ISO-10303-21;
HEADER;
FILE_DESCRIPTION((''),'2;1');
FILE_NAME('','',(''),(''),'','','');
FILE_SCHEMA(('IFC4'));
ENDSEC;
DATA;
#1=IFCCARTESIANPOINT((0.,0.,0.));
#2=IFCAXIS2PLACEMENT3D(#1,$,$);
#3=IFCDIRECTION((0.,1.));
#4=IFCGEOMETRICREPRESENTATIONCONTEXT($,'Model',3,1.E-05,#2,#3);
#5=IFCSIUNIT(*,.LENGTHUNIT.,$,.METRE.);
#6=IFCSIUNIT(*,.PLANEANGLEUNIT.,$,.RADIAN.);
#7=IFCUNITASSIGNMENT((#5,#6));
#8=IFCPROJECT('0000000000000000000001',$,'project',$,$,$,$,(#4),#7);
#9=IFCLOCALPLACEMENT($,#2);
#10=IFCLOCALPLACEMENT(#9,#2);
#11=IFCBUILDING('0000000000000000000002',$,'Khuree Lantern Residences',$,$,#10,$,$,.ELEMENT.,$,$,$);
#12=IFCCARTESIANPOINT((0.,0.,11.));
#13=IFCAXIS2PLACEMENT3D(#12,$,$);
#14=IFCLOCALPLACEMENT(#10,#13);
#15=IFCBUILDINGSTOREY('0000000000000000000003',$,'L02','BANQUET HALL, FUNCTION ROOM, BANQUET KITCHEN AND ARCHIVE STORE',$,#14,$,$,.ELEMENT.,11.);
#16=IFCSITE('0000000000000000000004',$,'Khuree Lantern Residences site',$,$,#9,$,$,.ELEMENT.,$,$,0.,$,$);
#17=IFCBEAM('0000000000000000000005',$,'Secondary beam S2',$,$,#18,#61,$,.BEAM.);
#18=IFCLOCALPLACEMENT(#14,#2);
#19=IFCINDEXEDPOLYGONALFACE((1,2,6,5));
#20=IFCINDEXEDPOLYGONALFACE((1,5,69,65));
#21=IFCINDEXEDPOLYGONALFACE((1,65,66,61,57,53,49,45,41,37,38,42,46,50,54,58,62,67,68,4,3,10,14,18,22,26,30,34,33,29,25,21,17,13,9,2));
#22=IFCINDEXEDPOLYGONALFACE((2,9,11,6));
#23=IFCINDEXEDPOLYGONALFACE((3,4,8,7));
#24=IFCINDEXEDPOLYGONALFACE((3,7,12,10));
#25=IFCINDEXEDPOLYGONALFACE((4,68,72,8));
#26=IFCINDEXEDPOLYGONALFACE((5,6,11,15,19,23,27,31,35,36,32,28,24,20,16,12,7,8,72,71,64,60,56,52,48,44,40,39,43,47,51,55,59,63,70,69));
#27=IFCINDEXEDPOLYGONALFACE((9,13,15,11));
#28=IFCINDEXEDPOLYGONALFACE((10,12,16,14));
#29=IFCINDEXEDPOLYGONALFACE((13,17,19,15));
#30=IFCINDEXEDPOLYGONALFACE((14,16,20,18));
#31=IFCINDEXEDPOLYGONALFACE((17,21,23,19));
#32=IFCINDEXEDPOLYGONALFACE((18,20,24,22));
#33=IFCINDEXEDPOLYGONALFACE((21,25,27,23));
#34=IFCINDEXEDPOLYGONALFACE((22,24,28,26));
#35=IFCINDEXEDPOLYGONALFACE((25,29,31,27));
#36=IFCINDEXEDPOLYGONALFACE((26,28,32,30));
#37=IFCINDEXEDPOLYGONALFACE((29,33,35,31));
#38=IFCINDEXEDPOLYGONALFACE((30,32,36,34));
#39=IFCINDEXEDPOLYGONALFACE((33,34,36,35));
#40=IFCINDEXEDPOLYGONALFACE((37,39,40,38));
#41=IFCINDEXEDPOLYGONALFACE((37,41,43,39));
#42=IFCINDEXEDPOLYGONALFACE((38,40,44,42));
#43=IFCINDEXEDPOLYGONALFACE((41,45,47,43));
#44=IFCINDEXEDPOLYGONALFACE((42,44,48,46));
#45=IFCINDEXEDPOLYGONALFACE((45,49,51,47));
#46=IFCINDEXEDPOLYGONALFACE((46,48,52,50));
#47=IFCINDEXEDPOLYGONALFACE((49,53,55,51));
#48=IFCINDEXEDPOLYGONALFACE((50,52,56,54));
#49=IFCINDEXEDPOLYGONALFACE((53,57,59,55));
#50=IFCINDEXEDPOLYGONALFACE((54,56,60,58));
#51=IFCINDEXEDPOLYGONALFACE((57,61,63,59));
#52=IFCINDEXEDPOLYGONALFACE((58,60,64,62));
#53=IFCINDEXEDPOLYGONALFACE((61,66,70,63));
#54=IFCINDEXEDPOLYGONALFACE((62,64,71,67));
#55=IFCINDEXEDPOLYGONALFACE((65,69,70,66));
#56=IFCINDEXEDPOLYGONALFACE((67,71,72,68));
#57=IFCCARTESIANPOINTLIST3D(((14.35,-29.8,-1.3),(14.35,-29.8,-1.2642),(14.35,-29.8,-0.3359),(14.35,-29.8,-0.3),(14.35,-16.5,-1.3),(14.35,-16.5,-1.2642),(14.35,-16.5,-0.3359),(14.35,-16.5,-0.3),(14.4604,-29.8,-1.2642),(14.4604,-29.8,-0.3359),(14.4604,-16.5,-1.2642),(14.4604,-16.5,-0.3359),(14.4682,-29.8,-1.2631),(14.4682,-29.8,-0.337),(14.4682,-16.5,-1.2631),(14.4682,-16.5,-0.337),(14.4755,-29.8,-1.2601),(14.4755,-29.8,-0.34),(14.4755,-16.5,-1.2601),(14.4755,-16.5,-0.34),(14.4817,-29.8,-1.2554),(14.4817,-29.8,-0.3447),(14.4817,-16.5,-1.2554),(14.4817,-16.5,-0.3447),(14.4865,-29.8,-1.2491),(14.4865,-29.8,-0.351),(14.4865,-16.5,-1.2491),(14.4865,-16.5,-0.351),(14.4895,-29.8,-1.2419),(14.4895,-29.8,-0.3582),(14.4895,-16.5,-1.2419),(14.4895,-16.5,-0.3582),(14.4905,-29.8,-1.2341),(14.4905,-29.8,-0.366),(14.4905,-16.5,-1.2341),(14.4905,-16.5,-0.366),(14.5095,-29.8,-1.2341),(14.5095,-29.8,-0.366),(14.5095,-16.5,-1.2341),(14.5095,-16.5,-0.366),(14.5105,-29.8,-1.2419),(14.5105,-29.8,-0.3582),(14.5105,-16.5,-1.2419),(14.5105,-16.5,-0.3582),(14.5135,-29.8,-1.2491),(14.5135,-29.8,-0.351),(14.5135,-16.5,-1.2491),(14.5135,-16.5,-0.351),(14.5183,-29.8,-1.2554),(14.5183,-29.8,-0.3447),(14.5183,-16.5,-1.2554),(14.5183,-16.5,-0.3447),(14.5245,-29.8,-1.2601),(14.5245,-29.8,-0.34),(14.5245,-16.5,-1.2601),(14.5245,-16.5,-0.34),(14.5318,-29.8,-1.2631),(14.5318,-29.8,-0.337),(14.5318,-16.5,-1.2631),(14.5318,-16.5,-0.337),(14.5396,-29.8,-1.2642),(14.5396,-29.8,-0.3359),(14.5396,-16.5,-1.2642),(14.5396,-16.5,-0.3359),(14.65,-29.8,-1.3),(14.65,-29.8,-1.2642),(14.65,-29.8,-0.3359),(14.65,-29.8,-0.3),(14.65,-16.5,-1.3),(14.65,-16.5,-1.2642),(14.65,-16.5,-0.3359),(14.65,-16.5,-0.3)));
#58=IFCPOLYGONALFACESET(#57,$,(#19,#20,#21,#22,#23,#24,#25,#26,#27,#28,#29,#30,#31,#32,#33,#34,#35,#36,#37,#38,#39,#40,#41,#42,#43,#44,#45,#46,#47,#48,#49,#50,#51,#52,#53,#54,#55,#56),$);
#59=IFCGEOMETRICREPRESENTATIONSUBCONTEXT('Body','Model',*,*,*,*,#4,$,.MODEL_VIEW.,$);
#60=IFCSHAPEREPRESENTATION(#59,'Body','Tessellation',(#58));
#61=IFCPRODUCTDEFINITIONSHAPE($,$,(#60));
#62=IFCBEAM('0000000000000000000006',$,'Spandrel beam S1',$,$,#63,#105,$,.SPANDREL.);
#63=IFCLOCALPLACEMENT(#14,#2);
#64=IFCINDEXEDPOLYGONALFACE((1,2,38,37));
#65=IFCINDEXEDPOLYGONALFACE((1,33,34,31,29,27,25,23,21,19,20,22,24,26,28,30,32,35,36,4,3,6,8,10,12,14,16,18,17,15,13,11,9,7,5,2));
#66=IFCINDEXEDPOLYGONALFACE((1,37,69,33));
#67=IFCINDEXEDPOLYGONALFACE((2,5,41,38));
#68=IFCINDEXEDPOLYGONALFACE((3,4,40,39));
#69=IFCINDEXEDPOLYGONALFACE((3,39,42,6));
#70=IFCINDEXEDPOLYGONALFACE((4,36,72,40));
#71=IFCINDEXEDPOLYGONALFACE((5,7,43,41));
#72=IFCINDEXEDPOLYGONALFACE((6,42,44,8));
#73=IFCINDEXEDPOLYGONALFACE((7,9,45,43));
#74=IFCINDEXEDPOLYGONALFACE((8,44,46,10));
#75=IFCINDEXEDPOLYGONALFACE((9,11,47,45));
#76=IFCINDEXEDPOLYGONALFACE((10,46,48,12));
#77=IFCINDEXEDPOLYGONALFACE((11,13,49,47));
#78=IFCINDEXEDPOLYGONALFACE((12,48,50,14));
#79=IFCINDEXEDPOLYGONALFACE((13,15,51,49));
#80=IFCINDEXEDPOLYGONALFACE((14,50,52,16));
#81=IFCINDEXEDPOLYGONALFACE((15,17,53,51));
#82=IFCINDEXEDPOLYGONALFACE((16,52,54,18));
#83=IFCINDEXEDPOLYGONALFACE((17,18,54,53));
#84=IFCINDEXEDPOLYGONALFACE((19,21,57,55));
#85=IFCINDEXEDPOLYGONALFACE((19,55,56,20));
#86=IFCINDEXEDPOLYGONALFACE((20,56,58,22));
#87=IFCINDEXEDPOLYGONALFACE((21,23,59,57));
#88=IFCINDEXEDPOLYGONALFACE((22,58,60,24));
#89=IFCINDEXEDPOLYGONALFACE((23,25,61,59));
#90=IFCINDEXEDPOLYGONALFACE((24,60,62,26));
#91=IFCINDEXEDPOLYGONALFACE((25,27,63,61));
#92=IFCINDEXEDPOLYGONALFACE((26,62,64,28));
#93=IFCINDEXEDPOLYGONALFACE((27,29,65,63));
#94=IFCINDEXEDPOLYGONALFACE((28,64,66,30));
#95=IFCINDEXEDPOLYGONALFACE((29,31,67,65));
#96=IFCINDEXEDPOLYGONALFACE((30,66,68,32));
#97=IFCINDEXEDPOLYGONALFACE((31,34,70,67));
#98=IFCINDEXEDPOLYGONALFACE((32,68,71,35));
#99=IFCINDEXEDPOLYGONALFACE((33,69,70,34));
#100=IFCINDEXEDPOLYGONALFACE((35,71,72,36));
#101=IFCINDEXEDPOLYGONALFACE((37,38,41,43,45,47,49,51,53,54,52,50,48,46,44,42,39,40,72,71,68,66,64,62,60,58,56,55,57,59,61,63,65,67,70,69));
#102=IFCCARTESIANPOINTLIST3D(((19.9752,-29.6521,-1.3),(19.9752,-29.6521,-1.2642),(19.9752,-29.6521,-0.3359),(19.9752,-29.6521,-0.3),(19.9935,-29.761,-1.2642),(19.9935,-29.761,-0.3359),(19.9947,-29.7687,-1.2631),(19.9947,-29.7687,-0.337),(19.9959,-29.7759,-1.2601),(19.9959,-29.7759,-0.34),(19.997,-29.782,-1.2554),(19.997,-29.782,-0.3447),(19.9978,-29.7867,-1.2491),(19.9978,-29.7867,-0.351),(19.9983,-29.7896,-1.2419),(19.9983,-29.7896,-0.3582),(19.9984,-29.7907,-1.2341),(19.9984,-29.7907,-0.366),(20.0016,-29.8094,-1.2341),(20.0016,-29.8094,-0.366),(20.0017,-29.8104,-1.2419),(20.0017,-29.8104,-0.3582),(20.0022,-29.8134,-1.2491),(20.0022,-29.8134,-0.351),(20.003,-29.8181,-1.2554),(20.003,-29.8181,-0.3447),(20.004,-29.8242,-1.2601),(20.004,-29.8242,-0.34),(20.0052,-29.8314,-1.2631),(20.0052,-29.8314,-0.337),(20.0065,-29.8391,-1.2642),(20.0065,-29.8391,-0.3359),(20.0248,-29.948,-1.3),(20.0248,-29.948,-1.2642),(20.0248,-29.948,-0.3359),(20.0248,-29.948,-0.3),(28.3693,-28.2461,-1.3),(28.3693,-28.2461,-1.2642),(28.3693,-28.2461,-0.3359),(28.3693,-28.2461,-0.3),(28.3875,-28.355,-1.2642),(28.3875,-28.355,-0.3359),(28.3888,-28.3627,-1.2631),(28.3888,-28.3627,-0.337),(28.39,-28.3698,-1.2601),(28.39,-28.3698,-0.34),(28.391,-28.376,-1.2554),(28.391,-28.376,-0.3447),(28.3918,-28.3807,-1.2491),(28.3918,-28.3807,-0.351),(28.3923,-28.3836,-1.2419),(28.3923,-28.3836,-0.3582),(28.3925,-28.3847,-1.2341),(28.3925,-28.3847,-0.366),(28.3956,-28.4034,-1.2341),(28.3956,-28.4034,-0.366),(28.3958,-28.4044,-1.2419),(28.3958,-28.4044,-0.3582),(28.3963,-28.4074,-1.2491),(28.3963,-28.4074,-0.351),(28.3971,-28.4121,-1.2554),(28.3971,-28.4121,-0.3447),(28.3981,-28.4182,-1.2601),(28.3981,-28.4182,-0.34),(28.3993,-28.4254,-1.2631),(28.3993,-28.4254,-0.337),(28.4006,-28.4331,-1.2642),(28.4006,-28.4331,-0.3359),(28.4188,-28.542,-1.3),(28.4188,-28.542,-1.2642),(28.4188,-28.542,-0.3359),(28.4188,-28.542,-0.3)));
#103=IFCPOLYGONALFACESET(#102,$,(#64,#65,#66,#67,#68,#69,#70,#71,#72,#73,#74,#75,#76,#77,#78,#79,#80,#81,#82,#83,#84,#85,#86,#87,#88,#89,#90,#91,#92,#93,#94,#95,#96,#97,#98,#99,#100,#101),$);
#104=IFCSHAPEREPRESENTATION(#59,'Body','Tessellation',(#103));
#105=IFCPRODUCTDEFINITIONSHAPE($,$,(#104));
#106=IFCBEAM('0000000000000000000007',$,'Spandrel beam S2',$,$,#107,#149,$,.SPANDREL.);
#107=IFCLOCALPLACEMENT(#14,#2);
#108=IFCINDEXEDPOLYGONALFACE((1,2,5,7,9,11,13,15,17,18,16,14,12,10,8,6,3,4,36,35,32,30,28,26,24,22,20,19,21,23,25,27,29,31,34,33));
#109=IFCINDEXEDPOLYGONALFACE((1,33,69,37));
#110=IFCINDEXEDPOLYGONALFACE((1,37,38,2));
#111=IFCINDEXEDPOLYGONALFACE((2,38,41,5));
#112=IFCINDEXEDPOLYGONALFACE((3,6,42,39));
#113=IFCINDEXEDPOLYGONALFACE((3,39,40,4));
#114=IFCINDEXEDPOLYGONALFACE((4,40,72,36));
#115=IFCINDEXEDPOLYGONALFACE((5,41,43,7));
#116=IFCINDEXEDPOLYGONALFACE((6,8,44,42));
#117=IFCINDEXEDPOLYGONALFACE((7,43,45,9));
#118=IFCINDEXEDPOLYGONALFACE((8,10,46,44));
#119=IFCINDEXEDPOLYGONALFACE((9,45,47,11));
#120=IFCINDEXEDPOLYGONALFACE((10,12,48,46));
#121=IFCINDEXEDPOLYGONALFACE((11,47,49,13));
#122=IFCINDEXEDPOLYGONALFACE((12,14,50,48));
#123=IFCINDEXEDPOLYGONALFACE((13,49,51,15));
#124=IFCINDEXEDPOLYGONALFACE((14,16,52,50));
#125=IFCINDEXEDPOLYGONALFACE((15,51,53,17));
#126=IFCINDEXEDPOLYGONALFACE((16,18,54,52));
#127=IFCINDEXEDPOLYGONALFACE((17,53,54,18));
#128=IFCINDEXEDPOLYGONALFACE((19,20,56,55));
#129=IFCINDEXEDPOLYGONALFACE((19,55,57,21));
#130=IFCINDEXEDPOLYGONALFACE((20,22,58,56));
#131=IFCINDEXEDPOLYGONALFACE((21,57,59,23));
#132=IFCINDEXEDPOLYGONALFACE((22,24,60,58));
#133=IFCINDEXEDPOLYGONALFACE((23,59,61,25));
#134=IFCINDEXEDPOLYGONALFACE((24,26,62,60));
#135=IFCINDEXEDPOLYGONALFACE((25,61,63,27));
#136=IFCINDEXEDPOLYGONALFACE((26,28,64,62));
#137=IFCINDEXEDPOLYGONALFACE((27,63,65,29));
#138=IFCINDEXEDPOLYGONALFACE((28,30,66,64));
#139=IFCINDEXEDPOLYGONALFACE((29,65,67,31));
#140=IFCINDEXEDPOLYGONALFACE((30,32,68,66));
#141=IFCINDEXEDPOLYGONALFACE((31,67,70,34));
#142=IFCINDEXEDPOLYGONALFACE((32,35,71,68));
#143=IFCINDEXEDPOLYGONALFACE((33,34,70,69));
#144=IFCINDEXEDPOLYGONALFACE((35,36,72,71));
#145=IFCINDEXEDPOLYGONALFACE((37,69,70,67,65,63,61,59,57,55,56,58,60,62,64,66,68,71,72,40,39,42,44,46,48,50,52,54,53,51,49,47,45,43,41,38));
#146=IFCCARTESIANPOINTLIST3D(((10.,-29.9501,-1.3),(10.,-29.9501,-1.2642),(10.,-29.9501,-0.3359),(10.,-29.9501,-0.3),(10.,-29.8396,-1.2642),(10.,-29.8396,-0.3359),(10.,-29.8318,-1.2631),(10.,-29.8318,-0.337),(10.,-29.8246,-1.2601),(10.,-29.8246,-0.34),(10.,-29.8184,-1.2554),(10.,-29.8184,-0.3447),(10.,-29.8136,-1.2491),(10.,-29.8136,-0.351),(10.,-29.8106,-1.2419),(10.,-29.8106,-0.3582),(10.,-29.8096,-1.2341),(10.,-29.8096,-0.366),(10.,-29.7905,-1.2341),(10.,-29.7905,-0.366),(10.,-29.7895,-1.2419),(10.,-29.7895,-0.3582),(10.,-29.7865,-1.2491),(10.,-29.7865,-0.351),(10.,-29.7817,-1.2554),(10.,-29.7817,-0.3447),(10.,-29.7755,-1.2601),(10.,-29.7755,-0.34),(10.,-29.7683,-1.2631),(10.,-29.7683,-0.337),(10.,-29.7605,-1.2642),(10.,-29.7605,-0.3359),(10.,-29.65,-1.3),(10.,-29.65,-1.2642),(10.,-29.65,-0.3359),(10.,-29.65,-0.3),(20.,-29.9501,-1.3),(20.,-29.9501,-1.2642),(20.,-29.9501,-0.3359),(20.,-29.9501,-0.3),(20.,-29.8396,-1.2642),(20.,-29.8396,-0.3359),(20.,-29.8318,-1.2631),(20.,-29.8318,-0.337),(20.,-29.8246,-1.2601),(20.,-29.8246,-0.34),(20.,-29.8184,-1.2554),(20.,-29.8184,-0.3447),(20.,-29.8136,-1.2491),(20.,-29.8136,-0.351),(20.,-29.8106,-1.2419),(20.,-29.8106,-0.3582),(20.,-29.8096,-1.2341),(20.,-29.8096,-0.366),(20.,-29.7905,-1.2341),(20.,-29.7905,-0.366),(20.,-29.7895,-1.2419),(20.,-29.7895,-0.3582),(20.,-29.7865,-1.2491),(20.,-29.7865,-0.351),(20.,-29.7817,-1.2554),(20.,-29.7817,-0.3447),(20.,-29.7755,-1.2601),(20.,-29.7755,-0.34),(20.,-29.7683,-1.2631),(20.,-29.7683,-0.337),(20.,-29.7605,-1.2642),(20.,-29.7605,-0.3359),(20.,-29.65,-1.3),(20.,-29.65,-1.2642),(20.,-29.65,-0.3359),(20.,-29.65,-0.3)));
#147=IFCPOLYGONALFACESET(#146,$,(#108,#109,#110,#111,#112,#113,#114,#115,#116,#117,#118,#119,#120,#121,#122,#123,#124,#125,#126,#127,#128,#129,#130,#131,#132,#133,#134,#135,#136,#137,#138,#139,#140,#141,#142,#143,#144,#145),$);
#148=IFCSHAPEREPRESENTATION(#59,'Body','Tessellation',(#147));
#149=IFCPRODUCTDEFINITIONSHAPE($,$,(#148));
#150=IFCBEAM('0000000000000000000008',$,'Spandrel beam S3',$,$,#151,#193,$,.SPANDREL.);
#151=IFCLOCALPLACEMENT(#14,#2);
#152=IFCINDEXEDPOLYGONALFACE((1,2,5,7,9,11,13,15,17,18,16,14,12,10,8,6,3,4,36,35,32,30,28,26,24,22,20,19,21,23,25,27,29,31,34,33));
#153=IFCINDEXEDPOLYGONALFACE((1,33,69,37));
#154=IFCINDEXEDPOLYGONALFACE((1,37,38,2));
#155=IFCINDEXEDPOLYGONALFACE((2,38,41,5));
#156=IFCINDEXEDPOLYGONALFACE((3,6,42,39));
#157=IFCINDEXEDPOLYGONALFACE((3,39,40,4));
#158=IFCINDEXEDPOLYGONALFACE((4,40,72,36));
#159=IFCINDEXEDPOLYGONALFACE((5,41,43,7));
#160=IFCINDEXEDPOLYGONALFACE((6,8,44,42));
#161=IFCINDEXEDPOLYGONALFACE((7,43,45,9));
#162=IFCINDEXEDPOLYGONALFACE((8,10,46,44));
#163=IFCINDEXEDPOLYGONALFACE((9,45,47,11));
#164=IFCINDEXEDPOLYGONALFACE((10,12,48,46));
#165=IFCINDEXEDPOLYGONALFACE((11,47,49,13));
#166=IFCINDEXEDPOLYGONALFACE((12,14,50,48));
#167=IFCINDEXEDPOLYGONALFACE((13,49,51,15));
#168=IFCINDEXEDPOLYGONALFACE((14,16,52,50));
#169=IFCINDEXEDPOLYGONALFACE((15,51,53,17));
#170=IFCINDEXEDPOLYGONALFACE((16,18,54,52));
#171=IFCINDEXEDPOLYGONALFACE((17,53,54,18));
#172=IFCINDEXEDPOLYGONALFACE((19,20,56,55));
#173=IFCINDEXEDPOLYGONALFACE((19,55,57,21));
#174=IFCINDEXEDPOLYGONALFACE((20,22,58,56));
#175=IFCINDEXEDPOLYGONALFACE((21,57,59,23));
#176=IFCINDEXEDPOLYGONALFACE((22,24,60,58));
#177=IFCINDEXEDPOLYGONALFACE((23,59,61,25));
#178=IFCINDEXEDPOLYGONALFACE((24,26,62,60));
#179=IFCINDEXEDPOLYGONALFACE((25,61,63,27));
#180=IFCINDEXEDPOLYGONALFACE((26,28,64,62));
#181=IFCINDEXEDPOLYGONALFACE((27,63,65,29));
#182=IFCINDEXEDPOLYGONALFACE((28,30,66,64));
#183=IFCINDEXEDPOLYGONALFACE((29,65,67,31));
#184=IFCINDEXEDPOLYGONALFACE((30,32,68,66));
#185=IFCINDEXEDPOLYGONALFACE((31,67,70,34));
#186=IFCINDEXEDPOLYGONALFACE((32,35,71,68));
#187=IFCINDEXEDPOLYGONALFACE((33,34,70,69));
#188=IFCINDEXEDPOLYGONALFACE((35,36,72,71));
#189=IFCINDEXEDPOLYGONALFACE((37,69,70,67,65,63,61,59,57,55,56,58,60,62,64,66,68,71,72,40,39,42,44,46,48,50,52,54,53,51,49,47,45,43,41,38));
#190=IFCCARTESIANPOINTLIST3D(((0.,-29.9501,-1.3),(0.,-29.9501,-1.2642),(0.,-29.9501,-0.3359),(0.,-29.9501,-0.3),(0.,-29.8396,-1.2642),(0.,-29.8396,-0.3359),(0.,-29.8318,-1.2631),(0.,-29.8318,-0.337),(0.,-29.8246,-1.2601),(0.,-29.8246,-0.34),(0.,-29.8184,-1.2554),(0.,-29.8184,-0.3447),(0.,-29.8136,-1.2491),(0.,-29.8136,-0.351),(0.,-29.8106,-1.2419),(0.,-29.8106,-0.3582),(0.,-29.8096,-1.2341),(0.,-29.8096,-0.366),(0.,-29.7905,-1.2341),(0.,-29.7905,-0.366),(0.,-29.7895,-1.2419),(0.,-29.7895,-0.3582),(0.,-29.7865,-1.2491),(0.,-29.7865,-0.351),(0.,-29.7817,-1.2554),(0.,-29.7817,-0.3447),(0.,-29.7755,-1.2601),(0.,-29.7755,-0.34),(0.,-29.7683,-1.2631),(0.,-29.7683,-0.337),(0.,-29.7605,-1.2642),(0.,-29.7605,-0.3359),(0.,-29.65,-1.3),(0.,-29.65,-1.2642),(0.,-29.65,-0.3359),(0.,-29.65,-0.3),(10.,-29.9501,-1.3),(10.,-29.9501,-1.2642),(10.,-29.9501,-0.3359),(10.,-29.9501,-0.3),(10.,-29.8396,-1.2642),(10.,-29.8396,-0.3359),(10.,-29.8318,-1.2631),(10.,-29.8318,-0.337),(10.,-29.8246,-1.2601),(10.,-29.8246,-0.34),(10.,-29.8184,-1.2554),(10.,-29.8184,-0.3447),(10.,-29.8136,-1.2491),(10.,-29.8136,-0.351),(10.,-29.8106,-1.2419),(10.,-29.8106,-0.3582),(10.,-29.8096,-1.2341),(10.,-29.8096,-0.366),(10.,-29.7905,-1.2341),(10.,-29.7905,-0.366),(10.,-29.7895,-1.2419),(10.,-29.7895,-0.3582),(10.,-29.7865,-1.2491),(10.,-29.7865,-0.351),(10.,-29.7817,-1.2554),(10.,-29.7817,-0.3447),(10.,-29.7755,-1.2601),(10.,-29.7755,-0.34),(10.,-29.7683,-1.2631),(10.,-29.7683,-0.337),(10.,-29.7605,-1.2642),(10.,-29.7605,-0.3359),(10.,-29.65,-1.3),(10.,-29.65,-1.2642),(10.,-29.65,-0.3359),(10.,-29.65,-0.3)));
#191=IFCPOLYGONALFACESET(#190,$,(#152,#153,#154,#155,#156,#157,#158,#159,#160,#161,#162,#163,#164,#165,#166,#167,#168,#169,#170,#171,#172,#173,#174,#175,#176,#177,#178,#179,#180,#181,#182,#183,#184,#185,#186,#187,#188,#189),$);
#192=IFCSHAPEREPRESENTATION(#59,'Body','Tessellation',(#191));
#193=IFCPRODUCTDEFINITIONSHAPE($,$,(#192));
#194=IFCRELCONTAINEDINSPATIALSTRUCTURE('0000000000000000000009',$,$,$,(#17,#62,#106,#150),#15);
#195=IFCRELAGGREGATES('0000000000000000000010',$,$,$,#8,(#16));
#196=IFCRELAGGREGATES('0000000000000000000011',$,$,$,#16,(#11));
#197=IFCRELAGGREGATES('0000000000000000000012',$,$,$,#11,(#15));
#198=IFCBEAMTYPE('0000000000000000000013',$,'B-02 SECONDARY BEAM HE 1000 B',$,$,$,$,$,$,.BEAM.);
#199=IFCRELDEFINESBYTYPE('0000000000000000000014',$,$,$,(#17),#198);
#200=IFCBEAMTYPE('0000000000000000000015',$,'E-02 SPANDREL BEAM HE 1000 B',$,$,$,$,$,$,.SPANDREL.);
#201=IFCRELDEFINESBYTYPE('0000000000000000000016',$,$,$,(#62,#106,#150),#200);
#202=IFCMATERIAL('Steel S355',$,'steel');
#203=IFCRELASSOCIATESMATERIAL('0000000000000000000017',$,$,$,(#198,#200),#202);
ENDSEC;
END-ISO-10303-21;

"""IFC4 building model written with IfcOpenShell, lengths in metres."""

from ifc_helpers import new_model, si_unit, direction, frame, origin, origin_2d, place, context, subcontext, project, spatial, i_section, extrude, material, material_profile, profile_set, type_object, element, save


model = new_model("IFC4")

# Units and contexts
model_context = context("Model", 3, precision=1e-05, world=origin(), true_north=direction((0.0, 1.0)))
body_context = subcontext(model_context, "Body", "Model", "MODEL_VIEW")
ifc_project = project(units=[si_unit("LENGTHUNIT", "METRE"), si_unit("PLANEANGLEUNIT", "RADIAN")], contexts=[model_context])

# Site, building, storey
site_placement = place(None, origin())
site = spatial("IfcSite", under=ifc_project, at=site_placement, Name="Khuree Lantern Residences site", CompositionType="ELEMENT", RefElevation=0.0)
building_placement = place(site_placement, origin())
building = spatial("IfcBuilding", under=site, at=building_placement, Name="Khuree Lantern Residences", CompositionType="ELEMENT")
storey_placement = place(building_placement, frame((0.0, 0.0, 11.0)))
storey = spatial("IfcBuildingStorey", under=building, at=storey_placement, Name="L02", Description="BANQUET HALL, FUNCTION ROOM, BANQUET KITCHEN AND ARCHIVE STORE", CompositionType="ELEMENT", Elevation=11.0)

# Beams
ifc_material_1 = material(Name="Steel S355", Category="steel")
ifc_material_profile_1 = material_profile(ifc_material_1, i_section(OverallWidth=0.3, OverallDepth=1.0, WebThickness=0.019, FlangeThickness=0.0359, FilletRadius=0.03, at=origin_2d()), Name="HE 1000 B")
ifc_profile_set_1 = profile_set([ifc_material_profile_1], Name="Steel S355")
beam_type_1 = type_object("IfcBeamType", Name="B-02 SECONDARY BEAM HE 1000 B", PredefinedType="BEAM", material=ifc_profile_set_1)
beam_1_placement = place(storey_placement, frame((14.5, -29.8, -0.8), z_axis=(0.0, 1.0, 0.0), x_axis=(-1.0, 0.0, 0.0)))
element("IfcBeam", 1, at=beam_1_placement, inside=storey, type_object=beam_type_1, Name="Secondary beam S2", PredefinedType="BEAM", context=body_context, shape_type="SweptSolid", body=[
    extrude(i_section(OverallWidth=0.3, OverallDepth=1.0, WebThickness=0.019, FlangeThickness=0.0359, FilletRadius=0.03, at=origin_2d()), origin(), (0.0, 0.0, 1.0), 13.3),
])
ifc_material_profile_2 = material_profile(ifc_material_1, i_section(OverallWidth=0.3, OverallDepth=1.0, WebThickness=0.019, FlangeThickness=0.0359, FilletRadius=0.03, at=origin_2d()), Name="HE 1000 B")
ifc_profile_set_2 = profile_set([ifc_material_profile_2], Name="Steel S355")
beam_type_2 = type_object("IfcBeamType", Name="E-02 SPANDREL BEAM HE 1000 B", PredefinedType="SPANDREL", material=ifc_profile_set_2)
beam_2_placement = place(storey_placement, frame((28.394, -28.394, -0.8), z_axis=(-0.98626, -0.165199, 0.0), x_axis=(0.165199, -0.98626, 0.0)))
element("IfcBeam", 2, at=beam_2_placement, inside=storey, type_object=beam_type_2, Name="Spandrel beam S1", PredefinedType="SPANDREL", context=body_context, shape_type="SweptSolid", body=[
    extrude(i_section(OverallWidth=0.3, OverallDepth=1.0, WebThickness=0.019, FlangeThickness=0.0359, FilletRadius=0.03, at=origin_2d()), origin(), (0.0, 0.0, 1.0), 8.511),
])
for number, where, z_axis, x_axis, name in (
    (3, (20.0, -29.8, -0.8), (-1.0, 0.0, 0.0), (0.0, -1.0, 0.0), "Spandrel beam S2"),
    (4, (10.0, -29.8, -0.8), (-1.0, 0.0, 0.0), (0.0, -1.0, 0.0), "Spandrel beam S3"),
):
    element("IfcBeam", number, at=place(storey_placement, frame(where, z_axis=z_axis, x_axis=x_axis)), inside=storey, type_object=beam_type_2, Name=name, PredefinedType="SPANDREL", context=body_context, shape_type="SweptSolid", body=[
        extrude(i_section(OverallWidth=0.3, OverallDepth=1.0, WebThickness=0.019, FlangeThickness=0.0359, FilletRadius=0.03, at=origin_2d()), origin(), (0.0, 0.0, 1.0), 10.0),
    ])

save(model, "model.ifc")
